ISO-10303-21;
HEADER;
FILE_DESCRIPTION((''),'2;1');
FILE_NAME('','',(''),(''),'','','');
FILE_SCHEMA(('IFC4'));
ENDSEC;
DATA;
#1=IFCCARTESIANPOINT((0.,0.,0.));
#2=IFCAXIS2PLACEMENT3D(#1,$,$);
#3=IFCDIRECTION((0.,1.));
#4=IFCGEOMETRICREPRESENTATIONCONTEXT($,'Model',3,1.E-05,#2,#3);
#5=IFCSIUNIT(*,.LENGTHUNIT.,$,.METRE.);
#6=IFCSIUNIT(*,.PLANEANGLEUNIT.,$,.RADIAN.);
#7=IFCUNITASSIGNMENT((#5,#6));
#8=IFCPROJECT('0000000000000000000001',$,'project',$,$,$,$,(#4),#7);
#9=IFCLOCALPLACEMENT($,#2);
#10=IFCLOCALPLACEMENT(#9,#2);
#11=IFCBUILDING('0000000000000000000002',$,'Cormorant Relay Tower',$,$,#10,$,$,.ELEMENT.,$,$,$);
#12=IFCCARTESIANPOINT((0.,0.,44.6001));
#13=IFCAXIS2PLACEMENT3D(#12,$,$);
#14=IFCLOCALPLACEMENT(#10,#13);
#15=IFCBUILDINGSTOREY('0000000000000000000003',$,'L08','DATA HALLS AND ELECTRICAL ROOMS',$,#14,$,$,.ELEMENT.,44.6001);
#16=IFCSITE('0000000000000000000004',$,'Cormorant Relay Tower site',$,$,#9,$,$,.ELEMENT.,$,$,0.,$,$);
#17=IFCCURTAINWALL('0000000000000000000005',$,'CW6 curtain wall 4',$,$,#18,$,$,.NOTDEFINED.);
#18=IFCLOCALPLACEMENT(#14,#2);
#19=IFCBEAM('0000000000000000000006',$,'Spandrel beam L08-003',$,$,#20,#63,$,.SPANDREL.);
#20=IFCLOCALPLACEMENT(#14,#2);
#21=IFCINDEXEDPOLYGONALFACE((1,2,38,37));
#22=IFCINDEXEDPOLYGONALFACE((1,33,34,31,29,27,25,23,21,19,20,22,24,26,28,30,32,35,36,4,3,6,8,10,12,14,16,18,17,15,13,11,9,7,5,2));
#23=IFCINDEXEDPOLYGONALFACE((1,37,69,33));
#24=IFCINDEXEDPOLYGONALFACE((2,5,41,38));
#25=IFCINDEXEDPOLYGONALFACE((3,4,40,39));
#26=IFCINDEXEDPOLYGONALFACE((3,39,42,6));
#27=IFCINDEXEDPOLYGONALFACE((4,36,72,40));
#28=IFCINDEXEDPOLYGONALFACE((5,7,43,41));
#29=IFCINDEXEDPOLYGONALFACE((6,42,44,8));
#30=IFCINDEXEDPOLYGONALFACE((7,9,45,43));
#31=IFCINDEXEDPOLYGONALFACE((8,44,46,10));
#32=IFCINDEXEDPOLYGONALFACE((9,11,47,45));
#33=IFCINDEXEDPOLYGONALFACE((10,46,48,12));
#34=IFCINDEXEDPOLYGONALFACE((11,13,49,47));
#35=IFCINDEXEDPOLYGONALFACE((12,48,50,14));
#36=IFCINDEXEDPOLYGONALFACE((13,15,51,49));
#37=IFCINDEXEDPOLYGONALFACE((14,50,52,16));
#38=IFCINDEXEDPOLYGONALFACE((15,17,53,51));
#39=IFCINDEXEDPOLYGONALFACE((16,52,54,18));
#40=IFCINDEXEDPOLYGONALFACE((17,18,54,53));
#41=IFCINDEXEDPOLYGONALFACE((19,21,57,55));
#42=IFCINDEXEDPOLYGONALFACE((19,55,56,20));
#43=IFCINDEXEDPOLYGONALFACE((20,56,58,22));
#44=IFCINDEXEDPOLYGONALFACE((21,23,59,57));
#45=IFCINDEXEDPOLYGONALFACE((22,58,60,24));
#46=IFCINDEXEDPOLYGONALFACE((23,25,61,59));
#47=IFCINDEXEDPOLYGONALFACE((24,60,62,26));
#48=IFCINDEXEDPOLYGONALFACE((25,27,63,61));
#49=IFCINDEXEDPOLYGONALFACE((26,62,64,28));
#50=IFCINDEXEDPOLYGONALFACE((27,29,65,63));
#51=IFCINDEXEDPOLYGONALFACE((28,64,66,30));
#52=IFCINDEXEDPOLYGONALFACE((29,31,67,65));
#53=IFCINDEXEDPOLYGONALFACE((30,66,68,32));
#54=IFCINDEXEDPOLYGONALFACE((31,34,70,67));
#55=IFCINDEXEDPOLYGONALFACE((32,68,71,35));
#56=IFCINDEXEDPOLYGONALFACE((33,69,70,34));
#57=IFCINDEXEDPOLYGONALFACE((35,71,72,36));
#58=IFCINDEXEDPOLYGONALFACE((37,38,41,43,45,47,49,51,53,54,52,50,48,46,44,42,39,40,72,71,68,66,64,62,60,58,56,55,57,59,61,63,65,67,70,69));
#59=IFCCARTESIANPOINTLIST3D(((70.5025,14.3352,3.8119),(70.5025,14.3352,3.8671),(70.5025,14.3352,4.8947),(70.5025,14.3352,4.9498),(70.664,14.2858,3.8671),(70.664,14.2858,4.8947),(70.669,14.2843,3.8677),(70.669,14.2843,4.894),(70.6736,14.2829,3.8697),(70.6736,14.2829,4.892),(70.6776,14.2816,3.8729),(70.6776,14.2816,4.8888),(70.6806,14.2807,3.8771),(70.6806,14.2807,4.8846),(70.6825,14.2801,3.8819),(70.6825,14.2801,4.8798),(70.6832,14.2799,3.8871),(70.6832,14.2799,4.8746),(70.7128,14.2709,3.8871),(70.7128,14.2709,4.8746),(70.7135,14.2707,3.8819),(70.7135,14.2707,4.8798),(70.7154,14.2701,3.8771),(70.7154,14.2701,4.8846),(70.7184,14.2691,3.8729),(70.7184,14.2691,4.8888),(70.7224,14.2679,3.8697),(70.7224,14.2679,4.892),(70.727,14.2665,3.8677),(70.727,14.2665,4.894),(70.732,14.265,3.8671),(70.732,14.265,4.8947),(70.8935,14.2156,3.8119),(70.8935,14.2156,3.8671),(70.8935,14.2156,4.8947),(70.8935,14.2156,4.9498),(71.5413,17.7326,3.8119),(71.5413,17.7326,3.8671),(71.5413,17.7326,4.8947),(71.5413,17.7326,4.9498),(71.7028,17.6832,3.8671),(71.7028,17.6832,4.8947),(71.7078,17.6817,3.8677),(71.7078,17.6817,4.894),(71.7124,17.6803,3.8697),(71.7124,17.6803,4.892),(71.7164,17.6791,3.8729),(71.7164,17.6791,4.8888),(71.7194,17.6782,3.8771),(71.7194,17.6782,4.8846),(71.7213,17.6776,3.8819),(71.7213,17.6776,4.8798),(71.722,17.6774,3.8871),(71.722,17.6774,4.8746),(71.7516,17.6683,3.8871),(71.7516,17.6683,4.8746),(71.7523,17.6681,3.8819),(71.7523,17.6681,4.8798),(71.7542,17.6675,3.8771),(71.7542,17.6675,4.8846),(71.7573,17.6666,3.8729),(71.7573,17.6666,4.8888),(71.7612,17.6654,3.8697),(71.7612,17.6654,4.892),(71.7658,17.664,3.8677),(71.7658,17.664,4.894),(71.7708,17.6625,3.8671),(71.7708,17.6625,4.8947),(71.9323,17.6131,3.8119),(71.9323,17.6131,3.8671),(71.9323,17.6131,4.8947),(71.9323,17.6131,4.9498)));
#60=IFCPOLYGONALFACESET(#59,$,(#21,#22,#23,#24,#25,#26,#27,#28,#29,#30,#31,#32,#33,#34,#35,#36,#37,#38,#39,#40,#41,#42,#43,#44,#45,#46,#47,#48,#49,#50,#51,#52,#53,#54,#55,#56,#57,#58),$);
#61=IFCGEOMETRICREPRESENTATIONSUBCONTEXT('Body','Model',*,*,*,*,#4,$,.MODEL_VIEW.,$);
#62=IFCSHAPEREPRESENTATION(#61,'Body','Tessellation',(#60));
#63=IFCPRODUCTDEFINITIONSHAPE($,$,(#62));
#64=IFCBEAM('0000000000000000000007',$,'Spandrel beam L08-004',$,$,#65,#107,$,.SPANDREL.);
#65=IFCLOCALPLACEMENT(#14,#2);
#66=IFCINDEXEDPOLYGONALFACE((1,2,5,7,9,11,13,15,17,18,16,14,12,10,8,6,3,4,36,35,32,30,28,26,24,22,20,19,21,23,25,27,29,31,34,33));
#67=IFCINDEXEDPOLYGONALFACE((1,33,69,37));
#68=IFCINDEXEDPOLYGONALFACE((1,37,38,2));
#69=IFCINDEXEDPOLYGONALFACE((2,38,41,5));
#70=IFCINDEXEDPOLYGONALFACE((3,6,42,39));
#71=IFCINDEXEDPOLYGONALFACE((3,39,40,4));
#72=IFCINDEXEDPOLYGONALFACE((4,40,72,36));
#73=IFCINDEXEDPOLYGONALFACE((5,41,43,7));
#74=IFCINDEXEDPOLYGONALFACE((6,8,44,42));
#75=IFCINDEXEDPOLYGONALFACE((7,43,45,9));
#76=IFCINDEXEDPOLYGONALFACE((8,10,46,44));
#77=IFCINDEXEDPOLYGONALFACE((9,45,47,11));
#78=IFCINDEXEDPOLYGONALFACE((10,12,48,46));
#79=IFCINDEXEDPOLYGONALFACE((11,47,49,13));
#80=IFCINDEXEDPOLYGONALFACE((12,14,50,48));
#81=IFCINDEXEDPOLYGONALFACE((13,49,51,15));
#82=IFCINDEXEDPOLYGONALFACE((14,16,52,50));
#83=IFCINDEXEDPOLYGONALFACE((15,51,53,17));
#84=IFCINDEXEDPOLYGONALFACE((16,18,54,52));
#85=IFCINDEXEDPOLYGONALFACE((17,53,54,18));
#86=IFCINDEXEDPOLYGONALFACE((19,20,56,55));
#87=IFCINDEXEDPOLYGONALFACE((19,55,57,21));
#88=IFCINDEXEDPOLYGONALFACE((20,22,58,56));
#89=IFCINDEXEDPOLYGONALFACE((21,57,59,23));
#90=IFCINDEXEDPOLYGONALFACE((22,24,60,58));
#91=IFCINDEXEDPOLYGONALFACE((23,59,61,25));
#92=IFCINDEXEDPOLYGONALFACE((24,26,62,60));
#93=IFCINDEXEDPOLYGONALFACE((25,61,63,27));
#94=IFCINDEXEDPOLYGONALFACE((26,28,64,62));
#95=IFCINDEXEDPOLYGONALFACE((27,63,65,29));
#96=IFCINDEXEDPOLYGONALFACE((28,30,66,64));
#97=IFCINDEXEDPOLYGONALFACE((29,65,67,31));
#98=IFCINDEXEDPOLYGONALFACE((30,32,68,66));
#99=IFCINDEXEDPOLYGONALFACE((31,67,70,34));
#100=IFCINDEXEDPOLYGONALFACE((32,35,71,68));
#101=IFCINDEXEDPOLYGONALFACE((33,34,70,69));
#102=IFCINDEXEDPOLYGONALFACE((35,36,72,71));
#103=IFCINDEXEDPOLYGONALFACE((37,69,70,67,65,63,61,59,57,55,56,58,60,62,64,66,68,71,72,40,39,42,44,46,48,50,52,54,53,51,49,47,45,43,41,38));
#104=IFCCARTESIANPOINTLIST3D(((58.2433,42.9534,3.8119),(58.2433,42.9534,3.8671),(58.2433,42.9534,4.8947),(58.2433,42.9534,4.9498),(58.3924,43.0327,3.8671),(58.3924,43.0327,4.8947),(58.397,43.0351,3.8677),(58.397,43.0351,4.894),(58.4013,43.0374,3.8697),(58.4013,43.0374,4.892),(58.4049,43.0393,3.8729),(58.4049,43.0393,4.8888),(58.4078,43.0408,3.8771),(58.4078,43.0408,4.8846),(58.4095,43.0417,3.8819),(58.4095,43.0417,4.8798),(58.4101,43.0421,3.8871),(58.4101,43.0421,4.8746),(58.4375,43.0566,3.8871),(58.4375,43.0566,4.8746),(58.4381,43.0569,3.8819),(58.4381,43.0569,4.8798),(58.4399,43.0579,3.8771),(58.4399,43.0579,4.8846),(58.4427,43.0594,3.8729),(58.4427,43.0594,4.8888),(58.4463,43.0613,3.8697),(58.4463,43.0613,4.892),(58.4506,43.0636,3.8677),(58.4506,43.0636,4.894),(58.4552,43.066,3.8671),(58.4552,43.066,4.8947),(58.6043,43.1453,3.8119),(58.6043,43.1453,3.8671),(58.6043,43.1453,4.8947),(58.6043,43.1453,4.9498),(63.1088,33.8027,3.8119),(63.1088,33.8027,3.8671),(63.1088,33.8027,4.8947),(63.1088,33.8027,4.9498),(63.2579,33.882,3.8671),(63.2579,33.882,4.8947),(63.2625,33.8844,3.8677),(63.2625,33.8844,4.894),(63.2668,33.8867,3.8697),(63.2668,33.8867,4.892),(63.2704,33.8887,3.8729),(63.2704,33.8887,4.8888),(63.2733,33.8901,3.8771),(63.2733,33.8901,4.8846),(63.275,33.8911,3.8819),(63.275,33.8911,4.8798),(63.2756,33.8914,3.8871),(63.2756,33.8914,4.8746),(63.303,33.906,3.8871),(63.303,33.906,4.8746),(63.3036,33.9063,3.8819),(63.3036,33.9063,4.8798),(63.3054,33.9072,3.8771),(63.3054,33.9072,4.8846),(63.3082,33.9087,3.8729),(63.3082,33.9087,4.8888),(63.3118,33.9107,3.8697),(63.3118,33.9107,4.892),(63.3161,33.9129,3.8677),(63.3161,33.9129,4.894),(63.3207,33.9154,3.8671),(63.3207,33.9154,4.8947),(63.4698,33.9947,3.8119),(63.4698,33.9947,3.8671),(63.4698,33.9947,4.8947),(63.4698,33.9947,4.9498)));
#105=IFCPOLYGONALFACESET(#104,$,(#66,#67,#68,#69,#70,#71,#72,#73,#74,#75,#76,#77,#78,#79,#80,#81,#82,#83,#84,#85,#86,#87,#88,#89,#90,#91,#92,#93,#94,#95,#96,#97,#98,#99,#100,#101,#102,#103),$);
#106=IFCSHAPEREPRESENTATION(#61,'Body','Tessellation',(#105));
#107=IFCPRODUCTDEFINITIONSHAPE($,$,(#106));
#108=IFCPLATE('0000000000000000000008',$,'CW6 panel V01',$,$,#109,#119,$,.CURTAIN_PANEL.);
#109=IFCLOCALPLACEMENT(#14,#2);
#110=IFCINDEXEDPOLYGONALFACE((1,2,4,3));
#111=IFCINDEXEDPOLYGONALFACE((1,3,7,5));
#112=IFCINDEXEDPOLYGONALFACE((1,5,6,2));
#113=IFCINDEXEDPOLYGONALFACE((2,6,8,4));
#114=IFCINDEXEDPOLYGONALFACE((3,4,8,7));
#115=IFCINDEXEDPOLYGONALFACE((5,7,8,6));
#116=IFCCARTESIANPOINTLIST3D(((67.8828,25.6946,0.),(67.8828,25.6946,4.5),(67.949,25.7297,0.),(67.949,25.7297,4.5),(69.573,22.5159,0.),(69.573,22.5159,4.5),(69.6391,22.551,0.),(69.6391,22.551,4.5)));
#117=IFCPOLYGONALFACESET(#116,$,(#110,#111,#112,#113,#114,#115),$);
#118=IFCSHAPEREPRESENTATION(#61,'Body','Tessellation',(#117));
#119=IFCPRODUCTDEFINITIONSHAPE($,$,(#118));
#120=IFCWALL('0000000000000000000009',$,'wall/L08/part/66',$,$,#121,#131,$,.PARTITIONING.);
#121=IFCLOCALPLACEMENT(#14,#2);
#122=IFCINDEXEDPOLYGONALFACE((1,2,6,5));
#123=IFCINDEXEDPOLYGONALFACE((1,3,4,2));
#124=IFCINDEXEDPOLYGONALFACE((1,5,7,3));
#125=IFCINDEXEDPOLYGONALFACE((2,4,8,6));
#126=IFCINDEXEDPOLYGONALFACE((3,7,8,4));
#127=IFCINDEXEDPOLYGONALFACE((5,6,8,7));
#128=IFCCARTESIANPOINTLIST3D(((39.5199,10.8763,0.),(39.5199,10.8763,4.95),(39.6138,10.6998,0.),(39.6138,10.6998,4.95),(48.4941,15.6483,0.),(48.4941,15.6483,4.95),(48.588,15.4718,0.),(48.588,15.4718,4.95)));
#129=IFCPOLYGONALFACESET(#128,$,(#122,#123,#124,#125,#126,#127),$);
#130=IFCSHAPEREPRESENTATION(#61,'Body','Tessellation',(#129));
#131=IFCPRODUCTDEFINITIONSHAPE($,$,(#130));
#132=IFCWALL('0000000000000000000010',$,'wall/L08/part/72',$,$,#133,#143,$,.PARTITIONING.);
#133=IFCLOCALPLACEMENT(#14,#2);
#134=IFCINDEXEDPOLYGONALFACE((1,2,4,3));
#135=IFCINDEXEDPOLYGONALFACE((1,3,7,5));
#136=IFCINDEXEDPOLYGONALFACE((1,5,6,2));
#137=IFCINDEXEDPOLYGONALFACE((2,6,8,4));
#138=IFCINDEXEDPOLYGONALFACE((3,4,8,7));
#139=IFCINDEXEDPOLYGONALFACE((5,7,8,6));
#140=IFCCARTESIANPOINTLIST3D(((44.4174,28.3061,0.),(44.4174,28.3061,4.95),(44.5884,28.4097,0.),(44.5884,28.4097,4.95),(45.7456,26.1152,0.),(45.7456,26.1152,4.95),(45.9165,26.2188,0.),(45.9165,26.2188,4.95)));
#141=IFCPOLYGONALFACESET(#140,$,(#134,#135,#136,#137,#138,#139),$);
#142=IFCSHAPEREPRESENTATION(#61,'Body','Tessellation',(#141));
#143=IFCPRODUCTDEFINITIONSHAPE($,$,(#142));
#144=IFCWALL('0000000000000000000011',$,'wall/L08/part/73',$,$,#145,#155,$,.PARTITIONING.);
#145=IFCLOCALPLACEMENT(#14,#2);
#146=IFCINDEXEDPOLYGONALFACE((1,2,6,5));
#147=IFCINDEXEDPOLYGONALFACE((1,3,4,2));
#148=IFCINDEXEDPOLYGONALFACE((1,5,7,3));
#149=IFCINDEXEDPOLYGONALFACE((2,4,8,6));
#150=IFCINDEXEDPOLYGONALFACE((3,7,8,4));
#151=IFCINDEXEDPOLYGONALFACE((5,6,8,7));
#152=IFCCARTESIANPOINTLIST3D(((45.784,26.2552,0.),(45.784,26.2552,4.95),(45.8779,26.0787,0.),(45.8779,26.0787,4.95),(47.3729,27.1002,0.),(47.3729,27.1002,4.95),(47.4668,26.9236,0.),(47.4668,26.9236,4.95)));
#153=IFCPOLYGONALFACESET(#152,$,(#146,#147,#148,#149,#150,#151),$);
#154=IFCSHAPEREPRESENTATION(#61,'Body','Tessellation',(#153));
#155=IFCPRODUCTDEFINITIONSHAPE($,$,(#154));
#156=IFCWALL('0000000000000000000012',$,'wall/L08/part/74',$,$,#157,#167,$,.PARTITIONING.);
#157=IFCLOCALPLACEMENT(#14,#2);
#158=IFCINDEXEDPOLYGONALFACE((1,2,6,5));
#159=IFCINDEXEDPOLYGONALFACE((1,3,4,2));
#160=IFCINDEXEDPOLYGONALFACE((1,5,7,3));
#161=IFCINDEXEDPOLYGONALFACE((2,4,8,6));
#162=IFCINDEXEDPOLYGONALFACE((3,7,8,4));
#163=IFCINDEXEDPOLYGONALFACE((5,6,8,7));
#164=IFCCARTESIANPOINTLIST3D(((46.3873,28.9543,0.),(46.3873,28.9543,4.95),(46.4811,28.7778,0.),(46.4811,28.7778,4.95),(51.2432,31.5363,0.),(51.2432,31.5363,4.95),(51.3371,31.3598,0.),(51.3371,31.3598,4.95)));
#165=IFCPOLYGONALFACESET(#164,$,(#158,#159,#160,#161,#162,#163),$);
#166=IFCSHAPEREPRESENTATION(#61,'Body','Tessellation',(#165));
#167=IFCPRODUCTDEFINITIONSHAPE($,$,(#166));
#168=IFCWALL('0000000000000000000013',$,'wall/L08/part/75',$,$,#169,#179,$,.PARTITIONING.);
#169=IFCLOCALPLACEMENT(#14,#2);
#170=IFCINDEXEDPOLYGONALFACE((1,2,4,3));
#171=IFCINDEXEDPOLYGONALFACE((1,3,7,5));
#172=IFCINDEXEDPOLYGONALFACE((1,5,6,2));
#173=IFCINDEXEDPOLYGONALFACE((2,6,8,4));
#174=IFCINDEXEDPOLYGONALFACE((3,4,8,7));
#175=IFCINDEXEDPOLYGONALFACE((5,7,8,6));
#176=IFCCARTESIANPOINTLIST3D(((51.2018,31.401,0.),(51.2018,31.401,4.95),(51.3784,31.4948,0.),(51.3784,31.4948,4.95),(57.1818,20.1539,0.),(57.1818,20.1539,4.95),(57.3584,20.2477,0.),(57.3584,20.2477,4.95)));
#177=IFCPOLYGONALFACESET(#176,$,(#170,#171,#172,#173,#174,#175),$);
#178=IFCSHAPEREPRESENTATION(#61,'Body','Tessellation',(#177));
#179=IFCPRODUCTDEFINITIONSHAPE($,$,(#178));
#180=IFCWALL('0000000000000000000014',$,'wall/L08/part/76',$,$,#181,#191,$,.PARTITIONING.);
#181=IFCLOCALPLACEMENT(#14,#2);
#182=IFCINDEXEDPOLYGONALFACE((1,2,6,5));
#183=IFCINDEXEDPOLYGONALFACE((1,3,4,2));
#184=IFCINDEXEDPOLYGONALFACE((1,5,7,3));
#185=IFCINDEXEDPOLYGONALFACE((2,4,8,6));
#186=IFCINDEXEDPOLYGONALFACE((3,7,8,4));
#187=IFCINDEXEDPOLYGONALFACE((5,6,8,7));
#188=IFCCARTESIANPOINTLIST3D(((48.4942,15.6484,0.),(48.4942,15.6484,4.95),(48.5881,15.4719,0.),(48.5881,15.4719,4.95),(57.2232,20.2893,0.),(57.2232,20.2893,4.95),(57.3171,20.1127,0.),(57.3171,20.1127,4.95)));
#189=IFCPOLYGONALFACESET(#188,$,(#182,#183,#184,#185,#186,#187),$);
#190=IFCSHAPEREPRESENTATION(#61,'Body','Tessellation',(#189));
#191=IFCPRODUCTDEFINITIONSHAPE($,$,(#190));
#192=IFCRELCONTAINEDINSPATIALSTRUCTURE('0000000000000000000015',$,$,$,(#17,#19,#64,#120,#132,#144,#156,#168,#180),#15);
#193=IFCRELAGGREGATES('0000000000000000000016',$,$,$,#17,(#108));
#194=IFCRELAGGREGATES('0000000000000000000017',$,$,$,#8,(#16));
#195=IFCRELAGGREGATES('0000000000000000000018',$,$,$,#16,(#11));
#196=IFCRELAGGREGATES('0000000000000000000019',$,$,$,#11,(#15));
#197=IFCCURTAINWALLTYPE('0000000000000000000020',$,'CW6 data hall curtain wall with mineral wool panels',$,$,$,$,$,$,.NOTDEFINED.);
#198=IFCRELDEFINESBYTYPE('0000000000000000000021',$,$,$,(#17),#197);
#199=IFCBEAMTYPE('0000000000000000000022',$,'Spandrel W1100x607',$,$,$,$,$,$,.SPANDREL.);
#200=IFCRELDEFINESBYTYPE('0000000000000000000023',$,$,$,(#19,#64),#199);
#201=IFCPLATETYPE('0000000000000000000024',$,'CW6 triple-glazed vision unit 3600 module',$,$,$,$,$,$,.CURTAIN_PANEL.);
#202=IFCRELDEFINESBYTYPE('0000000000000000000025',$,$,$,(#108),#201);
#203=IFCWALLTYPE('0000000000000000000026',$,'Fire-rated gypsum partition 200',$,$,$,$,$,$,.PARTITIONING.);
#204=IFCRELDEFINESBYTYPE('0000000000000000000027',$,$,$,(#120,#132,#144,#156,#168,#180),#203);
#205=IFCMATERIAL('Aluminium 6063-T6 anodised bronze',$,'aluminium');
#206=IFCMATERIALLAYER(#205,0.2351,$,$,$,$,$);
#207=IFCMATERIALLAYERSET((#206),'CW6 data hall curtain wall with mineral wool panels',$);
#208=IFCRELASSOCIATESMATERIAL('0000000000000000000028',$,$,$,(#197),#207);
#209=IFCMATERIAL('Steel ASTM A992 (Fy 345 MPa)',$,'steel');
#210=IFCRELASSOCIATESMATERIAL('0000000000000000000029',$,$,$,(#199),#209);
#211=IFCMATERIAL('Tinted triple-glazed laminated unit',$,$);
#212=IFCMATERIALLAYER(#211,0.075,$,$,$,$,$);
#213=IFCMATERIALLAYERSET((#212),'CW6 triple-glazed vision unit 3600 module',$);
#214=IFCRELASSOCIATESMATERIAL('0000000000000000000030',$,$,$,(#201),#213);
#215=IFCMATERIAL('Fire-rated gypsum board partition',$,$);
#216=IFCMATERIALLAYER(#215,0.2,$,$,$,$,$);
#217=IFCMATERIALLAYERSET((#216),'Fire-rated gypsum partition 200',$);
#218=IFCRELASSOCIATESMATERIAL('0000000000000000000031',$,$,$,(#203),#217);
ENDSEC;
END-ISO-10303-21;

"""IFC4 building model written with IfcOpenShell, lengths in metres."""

from ifc_helpers import new_model, si_unit, direction, frame, frame_2d, origin, origin_2d, place, context, subcontext, project, spatial, rectangle, i_section, extrude, material, layer, layer_set, material_profile, profile_set, type_object, element, aggregate, save


model = new_model("IFC4")

# Units and contexts
model_context = context("Model", 3, precision=1e-05, world=origin(), true_north=direction((0.0, 1.0)))
body_context = subcontext(model_context, "Body", "Model", "MODEL_VIEW")
ifc_project = project(units=[si_unit("LENGTHUNIT", "METRE"), si_unit("PLANEANGLEUNIT", "RADIAN")], contexts=[model_context])

# Site, building, storey
site_placement = place(None, origin())
site = spatial("IfcSite", under=ifc_project, at=site_placement, Name="Cormorant Relay Tower site", CompositionType="ELEMENT", RefElevation=0.0)
building_placement = place(site_placement, origin())
building = spatial("IfcBuilding", under=site, at=building_placement, Name="Cormorant Relay Tower", CompositionType="ELEMENT")
storey_placement = place(building_placement, frame((0.0, 0.0, 44.6001)))
storey = spatial("IfcBuildingStorey", under=building, at=storey_placement, Name="L08", Description="DATA HALLS AND ELECTRICAL ROOMS", CompositionType="ELEMENT", Elevation=44.6001)

# Curtain wall
ifc_material_1 = material(Name="Aluminium 6063-T6 anodised bronze", Category="aluminium")
ifc_layer_1 = layer(ifc_material_1, 0.2351)
ifc_layer_set_1 = layer_set([ifc_layer_1], Name="CW6 data hall curtain wall with mineral wool panels")
curtain_wall_type = type_object("IfcCurtainWallType", Name="CW6 data hall curtain wall with mineral wool panels", PredefinedType="NOTDEFINED", material=ifc_layer_set_1)
curtain_wall_1_placement = place(storey_placement, origin())
curtain_wall_1 = element("IfcCurtainWall", 1, at=curtain_wall_1_placement, inside=storey, type_object=curtain_wall_type, Name="CW6 curtain wall 4", PredefinedType="NOTDEFINED")

# Beams
ifc_material_2 = material(Name="Steel ASTM A992 (Fy 345 MPa)", Category="steel")
ifc_material_profile_1 = material_profile(ifc_material_2, i_section(OverallWidth=0.4089, OverallDepth=1.1379, WebThickness=0.031, FlangeThickness=0.0552, FilletRadius=0.02, at=origin_2d()), Name="W1100x607")
ifc_profile_set_1 = profile_set([ifc_material_profile_1], Name="Steel ASTM A992 (Fy 345 MPa)")
beam_type = type_object("IfcBeamType", Name="Spandrel W1100x607", PredefinedType="SPANDREL", material=ifc_profile_set_1)
beam_1_placement = place(storey_placement, frame((70.698, 14.2754, 4.3809), z_axis=(0.2924, 0.956296, 0.0), x_axis=(-0.956296, 0.2924, 0.0)))
element("IfcBeam", 2, at=beam_1_placement, inside=storey, type_object=beam_type, Name="Spandrel beam L08-003", PredefinedType="SPANDREL", context=body_context, shape_type="SweptSolid", body=[
    extrude(i_section(OverallWidth=0.4089, OverallDepth=1.1379, WebThickness=0.031, FlangeThickness=0.0552, FilletRadius=0.02, at=origin_2d()), origin(), (0.0, 0.0, 1.0), 3.5527),
])
beam_2_placement = place(storey_placement, frame((63.2893, 33.8987, 4.3809), z_axis=(-0.469472, 0.882948, 0.0), x_axis=(-0.882948, -0.469472, 0.0)))
element("IfcBeam", 3, at=beam_2_placement, inside=storey, type_object=beam_type, Name="Spandrel beam L08-004", PredefinedType="SPANDREL", context=body_context, shape_type="SweptSolid", body=[
    extrude(i_section(OverallWidth=0.4089, OverallDepth=1.1379, WebThickness=0.031, FlangeThickness=0.0552, FilletRadius=0.02, at=origin_2d()), origin(), (0.0, 0.0, 1.0), 10.3638),
])

# Plate
ifc_material_3 = material(Name="Tinted triple-glazed laminated unit")
ifc_layer_2 = layer(ifc_material_3, 0.075)
ifc_layer_set_2 = layer_set([ifc_layer_2], Name="CW6 triple-glazed vision unit 3600 module")
plate_type = type_object("IfcPlateType", Name="CW6 triple-glazed vision unit 3600 module", PredefinedType="CURTAIN_PANEL", material=ifc_layer_set_2)
plate_placement = place(storey_placement, frame((68.761, 24.1228, 0.0), z_axis=(0.0, 0.0, 1.0), x_axis=(-0.469472, 0.882948, 0.0)))
plate = element("IfcPlate", 4, at=plate_placement, type_object=plate_type, Name="CW6 panel V01", PredefinedType="CURTAIN_PANEL", context=body_context, shape_type="SweptSolid", body=[
    extrude(rectangle(XDim=3.6001, YDim=0.075, at=origin_2d()), origin(), (0.0, 0.0, 1.0), 4.5),
])

# Walls
ifc_material_4 = material(Name="Fire-rated gypsum board partition")
ifc_layer_3 = layer(ifc_material_4, 0.2)
ifc_layer_set_3 = layer_set([ifc_layer_3], Name="Fire-rated gypsum partition 200")
wall_type_1 = type_object("IfcWallType", Name="Fire-rated gypsum partition 200", PredefinedType="PARTITIONING", material=ifc_layer_set_3)
wall_1_placement = place(storey_placement, frame((48.541, 15.5601, 0.0), z_axis=(0.0, 0.0, 1.0), x_axis=(-0.882933, -0.469498, 0.0)))
element("IfcWall", 5, at=wall_1_placement, inside=storey, type_object=wall_type_1, Name="wall/L08/part/66", PredefinedType="PARTITIONING", context=body_context, shape_type="SweptSolid", body=[
    extrude(rectangle(XDim=10.1641, YDim=0.2, at=frame_2d((5.082, 0.0))), origin(), (0.0, 0.0, 1.0), 4.95),
])
wall_2_placement = place(storey_placement, frame((45.8311, 26.167, 0.0), z_axis=(0.0, 0.0, 1.0), x_axis=(-0.518386, 0.855147, 0.0)))
element("IfcWall", 6, at=wall_2_placement, inside=storey, type_object=wall_type_1, Name="wall/L08/part/72", PredefinedType="PARTITIONING", context=body_context, shape_type="SweptSolid", body=[
    extrude(rectangle(XDim=2.562, YDim=0.2, at=frame_2d((1.281, 0.0))), origin(), (0.0, 0.0, 1.0), 4.95),
])
wall_3_placement = place(storey_placement, frame((47.4199, 27.012, 0.0), z_axis=(0.0, 0.0, 1.0), x_axis=(-0.882912, -0.469539, 0.0)))
element("IfcWall", 7, at=wall_3_placement, inside=storey, type_object=wall_type_1, Name="wall/L08/part/73", PredefinedType="PARTITIONING", context=body_context, shape_type="SweptSolid", body=[
    extrude(rectangle(XDim=1.7996, YDim=0.2, at=frame_2d((0.8999, 0.0))), origin(), (0.0, 0.0, 1.0), 4.95),
])
wall_4_placement = place(storey_placement, frame((46.4341, 28.866, 0.0), z_axis=(0.0, 0.0, 1.0), x_axis=(0.882942, 0.469482, 0.0)))
element("IfcWall", 8, at=wall_4_placement, inside=storey, type_object=wall_type_1, Name="wall/L08/part/74", PredefinedType="PARTITIONING", context=body_context, shape_type="SweptSolid", body=[
    extrude(rectangle(XDim=5.4998, YDim=0.2, at=frame_2d((2.75, 0.0))), origin(), (0.0, 0.0, 1.0), 4.95),
])
wall_5_placement = place(storey_placement, frame((51.29, 31.448, 0.0), z_axis=(0.0, 0.0, 1.0), x_axis=(0.46946, -0.882954, 0.0)))
element("IfcWall", 9, at=wall_5_placement, inside=storey, type_object=wall_type_1, Name="wall/L08/part/75", PredefinedType="PARTITIONING", context=body_context, shape_type="SweptSolid", body=[
    extrude(rectangle(XDim=12.738, YDim=0.2, at=frame_2d((6.3691, 0.0))), origin(), (0.0, 0.0, 1.0), 4.95),
])
wall_6_placement = place(storey_placement, frame((57.27, 20.2009, 0.0), z_axis=(0.0, 0.0, 1.0), x_axis=(-0.882965, -0.469438, 0.0)))
element("IfcWall", 10, at=wall_6_placement, inside=storey, type_object=wall_type_1, Name="wall/L08/part/76", PredefinedType="PARTITIONING", context=body_context, shape_type="SweptSolid", body=[
    extrude(rectangle(XDim=9.886, YDim=0.2, at=frame_2d((4.9429, 0.0))), origin(), (0.0, 0.0, 1.0), 4.95),
])

aggregate(curtain_wall_1, [plate])

save(model, "model.ifc")
